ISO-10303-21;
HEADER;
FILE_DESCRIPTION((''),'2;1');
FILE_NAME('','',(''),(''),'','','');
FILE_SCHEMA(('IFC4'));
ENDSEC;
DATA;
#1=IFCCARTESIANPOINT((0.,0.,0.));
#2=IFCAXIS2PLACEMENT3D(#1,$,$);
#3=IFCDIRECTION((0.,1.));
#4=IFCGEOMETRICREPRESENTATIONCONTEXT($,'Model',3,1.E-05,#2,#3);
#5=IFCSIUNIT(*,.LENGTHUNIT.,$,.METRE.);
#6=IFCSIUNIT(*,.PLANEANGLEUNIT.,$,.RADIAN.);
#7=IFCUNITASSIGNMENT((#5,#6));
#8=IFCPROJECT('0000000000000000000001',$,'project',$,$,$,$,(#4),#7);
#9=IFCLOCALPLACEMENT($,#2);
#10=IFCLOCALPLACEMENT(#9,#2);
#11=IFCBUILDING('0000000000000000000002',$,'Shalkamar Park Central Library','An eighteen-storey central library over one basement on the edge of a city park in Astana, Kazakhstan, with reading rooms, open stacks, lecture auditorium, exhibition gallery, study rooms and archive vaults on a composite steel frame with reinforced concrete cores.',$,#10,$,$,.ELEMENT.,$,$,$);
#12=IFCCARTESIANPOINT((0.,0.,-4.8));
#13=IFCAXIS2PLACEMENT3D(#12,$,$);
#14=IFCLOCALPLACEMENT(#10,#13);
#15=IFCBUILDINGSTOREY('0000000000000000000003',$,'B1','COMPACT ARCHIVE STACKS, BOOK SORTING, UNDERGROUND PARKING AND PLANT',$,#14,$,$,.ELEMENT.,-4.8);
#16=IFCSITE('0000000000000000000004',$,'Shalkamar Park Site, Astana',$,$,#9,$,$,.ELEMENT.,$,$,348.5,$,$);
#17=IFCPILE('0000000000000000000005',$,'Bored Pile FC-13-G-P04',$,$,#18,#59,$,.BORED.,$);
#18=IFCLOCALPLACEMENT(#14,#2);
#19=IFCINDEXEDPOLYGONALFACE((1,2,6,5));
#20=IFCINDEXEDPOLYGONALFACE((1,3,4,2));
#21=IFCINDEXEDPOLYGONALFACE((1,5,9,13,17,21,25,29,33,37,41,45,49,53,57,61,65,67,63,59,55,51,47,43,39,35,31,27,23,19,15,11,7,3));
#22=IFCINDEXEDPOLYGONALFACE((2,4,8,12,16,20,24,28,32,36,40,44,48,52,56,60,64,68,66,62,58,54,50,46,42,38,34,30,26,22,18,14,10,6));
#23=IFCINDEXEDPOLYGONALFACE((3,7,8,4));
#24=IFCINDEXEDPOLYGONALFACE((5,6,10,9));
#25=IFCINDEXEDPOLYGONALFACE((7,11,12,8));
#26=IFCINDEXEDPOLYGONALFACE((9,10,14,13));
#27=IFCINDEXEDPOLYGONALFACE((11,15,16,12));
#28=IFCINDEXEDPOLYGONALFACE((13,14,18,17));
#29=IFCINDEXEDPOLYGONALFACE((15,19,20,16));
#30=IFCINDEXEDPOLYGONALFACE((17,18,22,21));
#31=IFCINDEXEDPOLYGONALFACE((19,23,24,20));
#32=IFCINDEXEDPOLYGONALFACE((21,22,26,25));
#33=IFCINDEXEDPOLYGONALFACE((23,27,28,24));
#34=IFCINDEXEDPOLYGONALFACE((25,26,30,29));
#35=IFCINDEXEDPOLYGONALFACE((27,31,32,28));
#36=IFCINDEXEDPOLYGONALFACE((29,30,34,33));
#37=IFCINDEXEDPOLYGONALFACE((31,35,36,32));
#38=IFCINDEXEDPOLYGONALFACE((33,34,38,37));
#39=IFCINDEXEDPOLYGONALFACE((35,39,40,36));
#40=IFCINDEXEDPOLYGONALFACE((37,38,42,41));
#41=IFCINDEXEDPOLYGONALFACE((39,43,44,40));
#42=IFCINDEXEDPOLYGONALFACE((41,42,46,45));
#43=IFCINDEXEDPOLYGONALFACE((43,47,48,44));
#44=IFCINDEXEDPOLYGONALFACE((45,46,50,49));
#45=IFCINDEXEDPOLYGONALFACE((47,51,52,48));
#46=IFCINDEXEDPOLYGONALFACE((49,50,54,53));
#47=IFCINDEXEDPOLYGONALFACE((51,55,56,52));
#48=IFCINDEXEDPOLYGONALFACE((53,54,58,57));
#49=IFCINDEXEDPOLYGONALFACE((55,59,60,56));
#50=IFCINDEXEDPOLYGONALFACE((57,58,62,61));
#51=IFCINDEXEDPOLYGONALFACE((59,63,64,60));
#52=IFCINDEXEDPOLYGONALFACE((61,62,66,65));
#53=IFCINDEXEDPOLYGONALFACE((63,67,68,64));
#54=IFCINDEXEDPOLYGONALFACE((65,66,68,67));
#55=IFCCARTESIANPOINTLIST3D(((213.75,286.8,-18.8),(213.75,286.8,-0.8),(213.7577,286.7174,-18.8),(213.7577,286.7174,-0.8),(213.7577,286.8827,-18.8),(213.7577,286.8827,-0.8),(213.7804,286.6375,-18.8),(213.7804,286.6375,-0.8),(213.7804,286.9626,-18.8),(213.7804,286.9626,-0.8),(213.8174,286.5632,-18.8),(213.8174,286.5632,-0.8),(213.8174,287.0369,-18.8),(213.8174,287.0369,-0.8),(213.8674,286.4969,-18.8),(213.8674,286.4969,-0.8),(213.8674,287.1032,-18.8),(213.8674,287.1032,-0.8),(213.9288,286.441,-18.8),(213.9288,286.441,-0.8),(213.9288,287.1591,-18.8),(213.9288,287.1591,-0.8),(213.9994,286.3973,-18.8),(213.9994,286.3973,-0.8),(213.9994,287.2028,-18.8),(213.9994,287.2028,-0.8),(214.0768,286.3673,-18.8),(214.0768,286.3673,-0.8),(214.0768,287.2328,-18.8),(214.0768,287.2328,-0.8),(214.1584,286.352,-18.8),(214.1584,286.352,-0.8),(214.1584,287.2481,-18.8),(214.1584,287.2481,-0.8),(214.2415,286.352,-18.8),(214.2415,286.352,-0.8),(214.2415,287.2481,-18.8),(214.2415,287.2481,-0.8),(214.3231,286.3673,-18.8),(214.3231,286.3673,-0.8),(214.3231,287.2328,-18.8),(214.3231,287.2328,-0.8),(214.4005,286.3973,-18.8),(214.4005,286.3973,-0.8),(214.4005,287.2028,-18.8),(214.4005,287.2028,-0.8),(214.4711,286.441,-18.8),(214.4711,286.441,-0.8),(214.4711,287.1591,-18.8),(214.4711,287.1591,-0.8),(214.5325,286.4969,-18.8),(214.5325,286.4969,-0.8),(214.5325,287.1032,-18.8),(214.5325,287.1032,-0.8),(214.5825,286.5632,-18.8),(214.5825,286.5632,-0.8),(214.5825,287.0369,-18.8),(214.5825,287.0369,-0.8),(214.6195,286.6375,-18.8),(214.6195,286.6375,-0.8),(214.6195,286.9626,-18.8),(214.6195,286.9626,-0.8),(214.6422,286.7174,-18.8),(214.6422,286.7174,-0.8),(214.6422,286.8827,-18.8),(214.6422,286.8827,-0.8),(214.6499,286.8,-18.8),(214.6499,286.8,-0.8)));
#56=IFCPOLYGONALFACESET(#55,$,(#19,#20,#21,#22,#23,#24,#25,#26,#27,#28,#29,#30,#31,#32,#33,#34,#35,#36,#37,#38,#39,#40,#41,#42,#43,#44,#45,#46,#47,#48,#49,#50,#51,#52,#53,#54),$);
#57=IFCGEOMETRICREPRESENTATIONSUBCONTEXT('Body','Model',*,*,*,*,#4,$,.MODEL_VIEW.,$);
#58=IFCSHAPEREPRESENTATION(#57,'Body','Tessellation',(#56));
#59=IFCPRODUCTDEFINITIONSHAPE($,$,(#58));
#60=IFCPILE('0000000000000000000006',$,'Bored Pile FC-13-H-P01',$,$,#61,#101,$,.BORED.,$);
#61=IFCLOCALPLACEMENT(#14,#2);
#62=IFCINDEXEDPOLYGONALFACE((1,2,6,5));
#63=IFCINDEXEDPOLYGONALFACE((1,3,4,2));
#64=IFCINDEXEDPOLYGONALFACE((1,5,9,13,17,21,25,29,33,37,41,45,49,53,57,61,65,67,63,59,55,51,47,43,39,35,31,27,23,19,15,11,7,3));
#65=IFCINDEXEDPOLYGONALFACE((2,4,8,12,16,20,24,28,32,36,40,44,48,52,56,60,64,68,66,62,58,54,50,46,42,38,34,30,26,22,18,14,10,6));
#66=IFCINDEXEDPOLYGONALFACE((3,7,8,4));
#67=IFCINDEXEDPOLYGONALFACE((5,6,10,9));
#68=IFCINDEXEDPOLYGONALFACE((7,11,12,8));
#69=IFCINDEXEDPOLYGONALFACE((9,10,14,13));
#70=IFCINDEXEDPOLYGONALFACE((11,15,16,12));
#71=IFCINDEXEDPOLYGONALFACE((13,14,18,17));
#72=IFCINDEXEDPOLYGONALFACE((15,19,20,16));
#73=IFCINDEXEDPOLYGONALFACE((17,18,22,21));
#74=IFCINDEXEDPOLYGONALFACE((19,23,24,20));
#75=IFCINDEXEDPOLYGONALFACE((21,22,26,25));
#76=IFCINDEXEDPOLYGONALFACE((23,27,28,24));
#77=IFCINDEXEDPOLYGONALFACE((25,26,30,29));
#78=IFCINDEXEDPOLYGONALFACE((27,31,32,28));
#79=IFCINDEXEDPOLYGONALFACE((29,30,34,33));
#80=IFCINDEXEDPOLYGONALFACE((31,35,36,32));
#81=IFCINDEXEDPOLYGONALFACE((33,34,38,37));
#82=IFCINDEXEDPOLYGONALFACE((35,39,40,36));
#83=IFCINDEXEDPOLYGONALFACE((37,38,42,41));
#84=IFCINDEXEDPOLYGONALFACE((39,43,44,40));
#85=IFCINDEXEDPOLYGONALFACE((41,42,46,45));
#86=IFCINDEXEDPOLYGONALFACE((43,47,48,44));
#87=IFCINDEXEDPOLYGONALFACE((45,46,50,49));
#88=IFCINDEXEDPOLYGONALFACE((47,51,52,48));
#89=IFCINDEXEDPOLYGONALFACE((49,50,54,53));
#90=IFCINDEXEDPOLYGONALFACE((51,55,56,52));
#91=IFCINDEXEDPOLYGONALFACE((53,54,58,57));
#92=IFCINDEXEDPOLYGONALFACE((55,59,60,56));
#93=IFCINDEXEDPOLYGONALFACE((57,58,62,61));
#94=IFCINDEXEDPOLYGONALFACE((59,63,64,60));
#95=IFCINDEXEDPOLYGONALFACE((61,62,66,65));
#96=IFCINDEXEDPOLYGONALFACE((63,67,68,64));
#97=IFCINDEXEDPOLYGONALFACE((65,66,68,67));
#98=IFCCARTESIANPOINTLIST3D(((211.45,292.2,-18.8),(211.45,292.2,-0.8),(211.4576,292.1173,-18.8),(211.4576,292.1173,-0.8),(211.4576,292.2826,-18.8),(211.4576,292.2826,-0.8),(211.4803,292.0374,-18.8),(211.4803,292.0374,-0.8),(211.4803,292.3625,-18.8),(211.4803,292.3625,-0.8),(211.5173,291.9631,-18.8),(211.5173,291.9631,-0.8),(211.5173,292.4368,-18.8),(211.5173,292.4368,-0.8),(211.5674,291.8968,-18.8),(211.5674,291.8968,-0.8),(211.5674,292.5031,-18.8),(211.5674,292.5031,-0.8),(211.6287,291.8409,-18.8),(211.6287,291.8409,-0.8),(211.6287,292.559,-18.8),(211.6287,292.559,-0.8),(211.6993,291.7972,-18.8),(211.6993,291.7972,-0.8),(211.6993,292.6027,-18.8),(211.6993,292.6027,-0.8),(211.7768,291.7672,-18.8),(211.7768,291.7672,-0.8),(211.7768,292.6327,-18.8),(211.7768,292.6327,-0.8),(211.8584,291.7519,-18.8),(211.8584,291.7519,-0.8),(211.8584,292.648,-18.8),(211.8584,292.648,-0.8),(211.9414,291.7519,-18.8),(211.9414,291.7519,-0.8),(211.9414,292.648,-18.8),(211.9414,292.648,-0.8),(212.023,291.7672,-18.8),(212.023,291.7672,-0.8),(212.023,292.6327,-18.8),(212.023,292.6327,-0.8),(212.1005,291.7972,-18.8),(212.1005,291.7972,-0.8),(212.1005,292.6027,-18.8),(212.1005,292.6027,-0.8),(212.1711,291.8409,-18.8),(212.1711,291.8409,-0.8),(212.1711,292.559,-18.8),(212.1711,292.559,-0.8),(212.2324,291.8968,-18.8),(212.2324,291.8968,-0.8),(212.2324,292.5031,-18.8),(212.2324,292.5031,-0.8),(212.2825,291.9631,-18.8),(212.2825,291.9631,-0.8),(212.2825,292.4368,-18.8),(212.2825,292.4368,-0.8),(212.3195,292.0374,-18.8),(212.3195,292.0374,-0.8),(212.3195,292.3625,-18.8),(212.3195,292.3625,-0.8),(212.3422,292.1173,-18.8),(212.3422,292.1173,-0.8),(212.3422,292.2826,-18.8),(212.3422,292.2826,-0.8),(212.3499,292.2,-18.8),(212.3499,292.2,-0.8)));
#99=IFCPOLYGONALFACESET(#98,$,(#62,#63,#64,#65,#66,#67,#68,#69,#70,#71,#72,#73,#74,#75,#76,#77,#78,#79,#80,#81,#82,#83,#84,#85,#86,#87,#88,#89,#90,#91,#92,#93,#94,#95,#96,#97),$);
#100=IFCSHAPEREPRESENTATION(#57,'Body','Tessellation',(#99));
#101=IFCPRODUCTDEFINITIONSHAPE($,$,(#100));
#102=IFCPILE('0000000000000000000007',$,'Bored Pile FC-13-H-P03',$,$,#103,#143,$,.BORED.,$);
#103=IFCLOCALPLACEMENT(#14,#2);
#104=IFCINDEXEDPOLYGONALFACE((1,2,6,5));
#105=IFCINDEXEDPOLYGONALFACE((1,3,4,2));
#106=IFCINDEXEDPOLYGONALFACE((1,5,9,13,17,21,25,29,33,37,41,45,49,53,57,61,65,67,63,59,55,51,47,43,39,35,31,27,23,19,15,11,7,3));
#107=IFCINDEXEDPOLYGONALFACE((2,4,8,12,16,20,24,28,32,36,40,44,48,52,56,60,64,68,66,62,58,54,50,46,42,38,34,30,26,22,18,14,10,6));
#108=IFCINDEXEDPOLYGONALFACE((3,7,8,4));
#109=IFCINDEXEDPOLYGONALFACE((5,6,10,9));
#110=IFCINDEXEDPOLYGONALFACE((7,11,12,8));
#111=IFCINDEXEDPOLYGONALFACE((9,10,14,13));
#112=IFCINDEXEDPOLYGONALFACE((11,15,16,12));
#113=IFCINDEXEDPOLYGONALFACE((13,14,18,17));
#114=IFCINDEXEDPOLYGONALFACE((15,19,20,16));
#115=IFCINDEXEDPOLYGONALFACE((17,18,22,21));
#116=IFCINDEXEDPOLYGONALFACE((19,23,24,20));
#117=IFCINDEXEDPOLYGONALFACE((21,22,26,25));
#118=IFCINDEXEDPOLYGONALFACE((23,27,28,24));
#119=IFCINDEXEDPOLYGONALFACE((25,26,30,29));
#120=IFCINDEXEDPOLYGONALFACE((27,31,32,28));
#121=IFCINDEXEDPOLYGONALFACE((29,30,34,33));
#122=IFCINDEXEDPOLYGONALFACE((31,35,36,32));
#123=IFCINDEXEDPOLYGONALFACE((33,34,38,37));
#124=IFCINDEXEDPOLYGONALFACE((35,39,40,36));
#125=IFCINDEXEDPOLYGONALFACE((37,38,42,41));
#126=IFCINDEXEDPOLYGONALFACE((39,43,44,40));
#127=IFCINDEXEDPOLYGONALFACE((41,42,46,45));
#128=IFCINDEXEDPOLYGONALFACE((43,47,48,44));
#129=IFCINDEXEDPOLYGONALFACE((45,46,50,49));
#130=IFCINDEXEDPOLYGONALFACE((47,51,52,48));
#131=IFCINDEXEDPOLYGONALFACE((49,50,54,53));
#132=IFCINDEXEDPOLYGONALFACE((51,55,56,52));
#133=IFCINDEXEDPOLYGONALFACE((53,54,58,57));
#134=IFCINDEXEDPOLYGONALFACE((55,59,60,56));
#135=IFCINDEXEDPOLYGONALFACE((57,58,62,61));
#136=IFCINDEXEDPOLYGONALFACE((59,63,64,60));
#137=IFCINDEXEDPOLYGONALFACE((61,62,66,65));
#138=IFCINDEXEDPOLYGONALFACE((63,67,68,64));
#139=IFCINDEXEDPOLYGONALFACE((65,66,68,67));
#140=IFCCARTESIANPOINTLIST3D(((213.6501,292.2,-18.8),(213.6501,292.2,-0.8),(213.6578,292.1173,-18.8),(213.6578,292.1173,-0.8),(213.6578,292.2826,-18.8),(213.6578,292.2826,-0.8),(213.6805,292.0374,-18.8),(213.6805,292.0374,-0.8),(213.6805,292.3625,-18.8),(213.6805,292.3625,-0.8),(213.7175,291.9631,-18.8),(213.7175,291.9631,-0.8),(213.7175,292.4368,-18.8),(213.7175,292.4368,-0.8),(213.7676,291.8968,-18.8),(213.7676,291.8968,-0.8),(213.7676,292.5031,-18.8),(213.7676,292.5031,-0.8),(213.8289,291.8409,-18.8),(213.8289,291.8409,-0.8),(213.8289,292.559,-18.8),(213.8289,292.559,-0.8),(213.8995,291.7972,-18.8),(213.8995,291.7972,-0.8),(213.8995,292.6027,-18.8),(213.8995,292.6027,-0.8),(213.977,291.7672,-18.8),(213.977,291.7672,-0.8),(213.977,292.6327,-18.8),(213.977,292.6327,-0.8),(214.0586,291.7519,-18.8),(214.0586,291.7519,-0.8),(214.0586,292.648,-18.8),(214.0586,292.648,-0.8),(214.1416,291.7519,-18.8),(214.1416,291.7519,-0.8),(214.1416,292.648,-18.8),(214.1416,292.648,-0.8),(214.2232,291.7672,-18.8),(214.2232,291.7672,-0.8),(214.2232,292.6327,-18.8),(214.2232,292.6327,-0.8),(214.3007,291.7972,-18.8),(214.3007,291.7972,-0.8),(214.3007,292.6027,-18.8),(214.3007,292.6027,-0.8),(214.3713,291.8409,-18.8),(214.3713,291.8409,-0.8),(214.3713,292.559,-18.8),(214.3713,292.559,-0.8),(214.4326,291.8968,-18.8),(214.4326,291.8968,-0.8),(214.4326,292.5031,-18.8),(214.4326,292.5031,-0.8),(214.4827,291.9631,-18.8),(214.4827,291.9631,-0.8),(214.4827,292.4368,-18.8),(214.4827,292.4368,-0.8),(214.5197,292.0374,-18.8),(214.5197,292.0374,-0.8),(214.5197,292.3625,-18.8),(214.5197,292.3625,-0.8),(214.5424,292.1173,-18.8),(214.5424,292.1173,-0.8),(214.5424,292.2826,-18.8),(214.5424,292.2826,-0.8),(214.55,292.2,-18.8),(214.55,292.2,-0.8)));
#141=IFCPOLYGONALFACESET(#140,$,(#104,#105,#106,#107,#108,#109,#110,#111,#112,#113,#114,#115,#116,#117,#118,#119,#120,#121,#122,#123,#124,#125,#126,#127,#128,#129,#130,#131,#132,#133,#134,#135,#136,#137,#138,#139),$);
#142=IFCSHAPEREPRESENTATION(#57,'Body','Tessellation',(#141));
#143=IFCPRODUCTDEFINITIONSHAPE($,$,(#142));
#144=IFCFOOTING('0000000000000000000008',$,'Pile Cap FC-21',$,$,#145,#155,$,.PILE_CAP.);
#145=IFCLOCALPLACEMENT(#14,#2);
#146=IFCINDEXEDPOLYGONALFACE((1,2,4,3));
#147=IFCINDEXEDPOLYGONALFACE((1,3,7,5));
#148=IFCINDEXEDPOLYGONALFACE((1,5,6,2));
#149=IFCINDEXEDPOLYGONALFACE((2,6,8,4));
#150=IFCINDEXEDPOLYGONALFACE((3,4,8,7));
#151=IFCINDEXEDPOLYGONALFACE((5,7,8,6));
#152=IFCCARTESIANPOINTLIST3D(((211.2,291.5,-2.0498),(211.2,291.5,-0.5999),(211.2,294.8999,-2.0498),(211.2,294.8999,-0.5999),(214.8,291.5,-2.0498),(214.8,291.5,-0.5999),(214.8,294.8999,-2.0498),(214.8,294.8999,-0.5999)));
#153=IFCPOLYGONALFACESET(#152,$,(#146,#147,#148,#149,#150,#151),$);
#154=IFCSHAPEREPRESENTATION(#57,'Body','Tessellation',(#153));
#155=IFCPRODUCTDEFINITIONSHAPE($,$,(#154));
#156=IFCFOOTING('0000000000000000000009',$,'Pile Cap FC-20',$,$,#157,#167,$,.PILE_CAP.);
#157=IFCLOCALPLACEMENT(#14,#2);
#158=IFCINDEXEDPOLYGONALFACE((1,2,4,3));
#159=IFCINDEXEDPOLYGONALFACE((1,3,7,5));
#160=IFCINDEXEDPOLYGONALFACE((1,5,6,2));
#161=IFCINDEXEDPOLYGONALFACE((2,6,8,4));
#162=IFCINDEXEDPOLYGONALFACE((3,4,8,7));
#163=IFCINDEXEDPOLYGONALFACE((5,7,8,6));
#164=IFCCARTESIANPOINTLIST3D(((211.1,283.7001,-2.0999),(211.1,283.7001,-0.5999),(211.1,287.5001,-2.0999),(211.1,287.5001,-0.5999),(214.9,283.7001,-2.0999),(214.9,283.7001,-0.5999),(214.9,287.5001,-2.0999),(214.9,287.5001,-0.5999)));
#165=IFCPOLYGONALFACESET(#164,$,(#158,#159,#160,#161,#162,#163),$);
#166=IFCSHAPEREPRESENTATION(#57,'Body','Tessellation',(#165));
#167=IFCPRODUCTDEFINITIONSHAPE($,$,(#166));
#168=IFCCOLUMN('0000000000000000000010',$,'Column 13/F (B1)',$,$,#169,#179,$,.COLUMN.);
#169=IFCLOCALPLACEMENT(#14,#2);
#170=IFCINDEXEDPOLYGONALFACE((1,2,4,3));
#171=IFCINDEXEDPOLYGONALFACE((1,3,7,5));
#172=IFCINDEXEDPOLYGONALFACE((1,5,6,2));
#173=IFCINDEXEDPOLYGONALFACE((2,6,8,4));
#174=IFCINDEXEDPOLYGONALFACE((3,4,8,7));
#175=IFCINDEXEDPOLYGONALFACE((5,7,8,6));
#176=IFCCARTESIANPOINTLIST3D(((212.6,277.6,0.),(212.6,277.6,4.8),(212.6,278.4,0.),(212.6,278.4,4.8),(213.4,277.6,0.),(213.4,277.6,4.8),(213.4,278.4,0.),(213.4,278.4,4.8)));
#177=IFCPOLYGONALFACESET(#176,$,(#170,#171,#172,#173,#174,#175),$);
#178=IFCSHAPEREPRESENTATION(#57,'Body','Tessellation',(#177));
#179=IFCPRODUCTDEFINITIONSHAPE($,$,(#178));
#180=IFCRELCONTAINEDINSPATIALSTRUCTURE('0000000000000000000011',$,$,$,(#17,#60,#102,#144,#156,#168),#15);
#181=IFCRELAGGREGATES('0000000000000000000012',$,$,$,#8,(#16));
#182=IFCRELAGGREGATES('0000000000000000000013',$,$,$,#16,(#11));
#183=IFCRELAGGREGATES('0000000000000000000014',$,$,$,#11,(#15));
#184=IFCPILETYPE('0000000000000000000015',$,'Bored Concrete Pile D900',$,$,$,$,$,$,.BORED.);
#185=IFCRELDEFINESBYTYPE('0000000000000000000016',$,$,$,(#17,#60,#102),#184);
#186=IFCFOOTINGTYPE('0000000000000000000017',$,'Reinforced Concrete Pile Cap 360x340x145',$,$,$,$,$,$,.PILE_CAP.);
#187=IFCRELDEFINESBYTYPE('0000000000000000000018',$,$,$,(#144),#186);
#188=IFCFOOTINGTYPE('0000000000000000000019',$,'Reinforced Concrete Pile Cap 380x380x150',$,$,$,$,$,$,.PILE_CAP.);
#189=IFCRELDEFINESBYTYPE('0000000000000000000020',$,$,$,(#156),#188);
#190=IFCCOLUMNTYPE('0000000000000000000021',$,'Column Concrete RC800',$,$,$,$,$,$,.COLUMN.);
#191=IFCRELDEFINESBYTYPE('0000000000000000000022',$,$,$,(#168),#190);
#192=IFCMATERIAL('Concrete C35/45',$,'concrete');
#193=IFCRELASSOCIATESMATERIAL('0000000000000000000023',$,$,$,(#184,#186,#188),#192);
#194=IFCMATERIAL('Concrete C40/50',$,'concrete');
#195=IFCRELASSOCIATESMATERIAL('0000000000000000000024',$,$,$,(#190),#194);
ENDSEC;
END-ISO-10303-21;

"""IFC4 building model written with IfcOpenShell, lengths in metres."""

from ifc_helpers import new_model, si_unit, direction, frame, origin, origin_2d, place, context, subcontext, project, spatial, rectangle, circle, extrude, material, material_profile, profile_set, type_object, element, save


model = new_model("IFC4")

# Units and contexts
model_context = context("Model", 3, precision=1e-05, world=origin(), true_north=direction((0.0, 1.0)))
body_context = subcontext(model_context, "Body", "Model", "MODEL_VIEW")
ifc_project = project(units=[si_unit("LENGTHUNIT", "METRE"), si_unit("PLANEANGLEUNIT", "RADIAN")], contexts=[model_context])

# Site, building, storey
site_placement = place(None, origin())
site = spatial("IfcSite", under=ifc_project, at=site_placement, Name="Shalkamar Park Site, Astana", CompositionType="ELEMENT", RefElevation=348.5)
building_placement = place(site_placement, origin())
building = spatial("IfcBuilding", under=site, at=building_placement, Name="Shalkamar Park Central Library", Description="An eighteen-storey central library over one basement on the edge of a city park in Astana, Kazakhstan, with reading rooms, open stacks, lecture auditorium, exhibition gallery, study rooms and archive vaults on a composite steel frame with reinforced concrete cores.", CompositionType="ELEMENT")
storey_placement = place(building_placement, frame((0.0, 0.0, -4.8)))
storey = spatial("IfcBuildingStorey", under=building, at=storey_placement, Name="B1", Description="COMPACT ARCHIVE STACKS, BOOK SORTING, UNDERGROUND PARKING AND PLANT", CompositionType="ELEMENT", Elevation=-4.8)

# Piles
ifc_material_1 = material(Name="Concrete C35/45", Category="concrete")
ifc_material_profile_1 = material_profile(ifc_material_1, circle(Radius=0.45, at=origin_2d()), Name="PILE D900")
ifc_profile_set_1 = profile_set([ifc_material_profile_1], Name="Concrete C35/45")
pile_type_1 = type_object("IfcPileType", Name="Bored Concrete Pile D900", PredefinedType="BORED", material=ifc_profile_set_1)
for number, where, z_axis, x_axis, name in (
    (1, (214.2, 286.8, -0.8), (0.0, 0.0, -1.0), (1.0, 0.0, 0.0), "Bored Pile FC-13-G-P04"),
    (2, (211.8999, 292.2, -0.8), (0.0, 0.0, -1.0), (1.0, 0.0, 0.0), "Bored Pile FC-13-H-P01"),
    (3, (214.1001, 292.2, -0.8), (0.0, 0.0, -1.0), (1.0, 0.0, 0.0), "Bored Pile FC-13-H-P03"),
):
    element("IfcPile", number, at=place(storey_placement, frame(where, z_axis=z_axis, x_axis=x_axis)), inside=storey, type_object=pile_type_1, Name=name, PredefinedType="BORED", context=body_context, shape_type="SweptSolid", body=[
        extrude(circle(Radius=0.45, at=origin_2d()), origin(), (0.0, 0.0, 1.0), 18.0),
    ])

# Footings
footing_type_1 = type_object("IfcFootingType", Name="Reinforced Concrete Pile Cap 360x340x145", PredefinedType="PILE_CAP", material=ifc_material_1)
footing_1_placement = place(storey_placement, frame((213.0, 293.2, -2.0498), z_axis=(0.0, 0.0, 1.0), x_axis=(1.0, 0.0, 0.0)))
element("IfcFooting", 4, at=footing_1_placement, inside=storey, type_object=footing_type_1, Name="Pile Cap FC-21", PredefinedType="PILE_CAP", context=body_context, shape_type="SweptSolid", body=[
    extrude(rectangle(XDim=3.6001, YDim=3.3999, at=origin_2d()), origin(), (0.0, 0.0, 1.0), 1.45),
])
footing_type_2 = type_object("IfcFootingType", Name="Reinforced Concrete Pile Cap 380x380x150", PredefinedType="PILE_CAP", material=ifc_material_1)
footing_2_placement = place(storey_placement, frame((213.0, 285.6001, -2.0999), z_axis=(0.0, 0.0, 1.0), x_axis=(1.0, 0.0, 0.0)))
element("IfcFooting", 5, at=footing_2_placement, inside=storey, type_object=footing_type_2, Name="Pile Cap FC-20", PredefinedType="PILE_CAP", context=body_context, shape_type="SweptSolid", body=[
    extrude(rectangle(XDim=3.8, YDim=3.8, at=origin_2d()), origin(), (0.0, 0.0, 1.0), 1.5),
])

# Column
ifc_material_2 = material(Name="Concrete C40/50", Category="concrete")
ifc_material_profile_2 = material_profile(ifc_material_2, rectangle(XDim=0.8, YDim=0.8, at=origin_2d()), Name="RC 800x800")
ifc_profile_set_2 = profile_set([ifc_material_profile_2], Name="Concrete C40/50")
column_type_1 = type_object("IfcColumnType", Name="Column Concrete RC800", PredefinedType="COLUMN", material=ifc_profile_set_2)
column_1_placement = place(storey_placement, frame((213.0, 278.0, 0.0), z_axis=(0.0, 0.0, 1.0), x_axis=(1.0, 0.0, 0.0)))
element("IfcColumn", 6, at=column_1_placement, inside=storey, type_object=column_type_1, Name="Column 13/F (B1)", PredefinedType="COLUMN", context=body_context, shape_type="SweptSolid", body=[
    extrude(rectangle(XDim=0.8, YDim=0.8, at=origin_2d()), origin(), (0.0, 0.0, 1.0), 4.8),
])

save(model, "model.ifc")
